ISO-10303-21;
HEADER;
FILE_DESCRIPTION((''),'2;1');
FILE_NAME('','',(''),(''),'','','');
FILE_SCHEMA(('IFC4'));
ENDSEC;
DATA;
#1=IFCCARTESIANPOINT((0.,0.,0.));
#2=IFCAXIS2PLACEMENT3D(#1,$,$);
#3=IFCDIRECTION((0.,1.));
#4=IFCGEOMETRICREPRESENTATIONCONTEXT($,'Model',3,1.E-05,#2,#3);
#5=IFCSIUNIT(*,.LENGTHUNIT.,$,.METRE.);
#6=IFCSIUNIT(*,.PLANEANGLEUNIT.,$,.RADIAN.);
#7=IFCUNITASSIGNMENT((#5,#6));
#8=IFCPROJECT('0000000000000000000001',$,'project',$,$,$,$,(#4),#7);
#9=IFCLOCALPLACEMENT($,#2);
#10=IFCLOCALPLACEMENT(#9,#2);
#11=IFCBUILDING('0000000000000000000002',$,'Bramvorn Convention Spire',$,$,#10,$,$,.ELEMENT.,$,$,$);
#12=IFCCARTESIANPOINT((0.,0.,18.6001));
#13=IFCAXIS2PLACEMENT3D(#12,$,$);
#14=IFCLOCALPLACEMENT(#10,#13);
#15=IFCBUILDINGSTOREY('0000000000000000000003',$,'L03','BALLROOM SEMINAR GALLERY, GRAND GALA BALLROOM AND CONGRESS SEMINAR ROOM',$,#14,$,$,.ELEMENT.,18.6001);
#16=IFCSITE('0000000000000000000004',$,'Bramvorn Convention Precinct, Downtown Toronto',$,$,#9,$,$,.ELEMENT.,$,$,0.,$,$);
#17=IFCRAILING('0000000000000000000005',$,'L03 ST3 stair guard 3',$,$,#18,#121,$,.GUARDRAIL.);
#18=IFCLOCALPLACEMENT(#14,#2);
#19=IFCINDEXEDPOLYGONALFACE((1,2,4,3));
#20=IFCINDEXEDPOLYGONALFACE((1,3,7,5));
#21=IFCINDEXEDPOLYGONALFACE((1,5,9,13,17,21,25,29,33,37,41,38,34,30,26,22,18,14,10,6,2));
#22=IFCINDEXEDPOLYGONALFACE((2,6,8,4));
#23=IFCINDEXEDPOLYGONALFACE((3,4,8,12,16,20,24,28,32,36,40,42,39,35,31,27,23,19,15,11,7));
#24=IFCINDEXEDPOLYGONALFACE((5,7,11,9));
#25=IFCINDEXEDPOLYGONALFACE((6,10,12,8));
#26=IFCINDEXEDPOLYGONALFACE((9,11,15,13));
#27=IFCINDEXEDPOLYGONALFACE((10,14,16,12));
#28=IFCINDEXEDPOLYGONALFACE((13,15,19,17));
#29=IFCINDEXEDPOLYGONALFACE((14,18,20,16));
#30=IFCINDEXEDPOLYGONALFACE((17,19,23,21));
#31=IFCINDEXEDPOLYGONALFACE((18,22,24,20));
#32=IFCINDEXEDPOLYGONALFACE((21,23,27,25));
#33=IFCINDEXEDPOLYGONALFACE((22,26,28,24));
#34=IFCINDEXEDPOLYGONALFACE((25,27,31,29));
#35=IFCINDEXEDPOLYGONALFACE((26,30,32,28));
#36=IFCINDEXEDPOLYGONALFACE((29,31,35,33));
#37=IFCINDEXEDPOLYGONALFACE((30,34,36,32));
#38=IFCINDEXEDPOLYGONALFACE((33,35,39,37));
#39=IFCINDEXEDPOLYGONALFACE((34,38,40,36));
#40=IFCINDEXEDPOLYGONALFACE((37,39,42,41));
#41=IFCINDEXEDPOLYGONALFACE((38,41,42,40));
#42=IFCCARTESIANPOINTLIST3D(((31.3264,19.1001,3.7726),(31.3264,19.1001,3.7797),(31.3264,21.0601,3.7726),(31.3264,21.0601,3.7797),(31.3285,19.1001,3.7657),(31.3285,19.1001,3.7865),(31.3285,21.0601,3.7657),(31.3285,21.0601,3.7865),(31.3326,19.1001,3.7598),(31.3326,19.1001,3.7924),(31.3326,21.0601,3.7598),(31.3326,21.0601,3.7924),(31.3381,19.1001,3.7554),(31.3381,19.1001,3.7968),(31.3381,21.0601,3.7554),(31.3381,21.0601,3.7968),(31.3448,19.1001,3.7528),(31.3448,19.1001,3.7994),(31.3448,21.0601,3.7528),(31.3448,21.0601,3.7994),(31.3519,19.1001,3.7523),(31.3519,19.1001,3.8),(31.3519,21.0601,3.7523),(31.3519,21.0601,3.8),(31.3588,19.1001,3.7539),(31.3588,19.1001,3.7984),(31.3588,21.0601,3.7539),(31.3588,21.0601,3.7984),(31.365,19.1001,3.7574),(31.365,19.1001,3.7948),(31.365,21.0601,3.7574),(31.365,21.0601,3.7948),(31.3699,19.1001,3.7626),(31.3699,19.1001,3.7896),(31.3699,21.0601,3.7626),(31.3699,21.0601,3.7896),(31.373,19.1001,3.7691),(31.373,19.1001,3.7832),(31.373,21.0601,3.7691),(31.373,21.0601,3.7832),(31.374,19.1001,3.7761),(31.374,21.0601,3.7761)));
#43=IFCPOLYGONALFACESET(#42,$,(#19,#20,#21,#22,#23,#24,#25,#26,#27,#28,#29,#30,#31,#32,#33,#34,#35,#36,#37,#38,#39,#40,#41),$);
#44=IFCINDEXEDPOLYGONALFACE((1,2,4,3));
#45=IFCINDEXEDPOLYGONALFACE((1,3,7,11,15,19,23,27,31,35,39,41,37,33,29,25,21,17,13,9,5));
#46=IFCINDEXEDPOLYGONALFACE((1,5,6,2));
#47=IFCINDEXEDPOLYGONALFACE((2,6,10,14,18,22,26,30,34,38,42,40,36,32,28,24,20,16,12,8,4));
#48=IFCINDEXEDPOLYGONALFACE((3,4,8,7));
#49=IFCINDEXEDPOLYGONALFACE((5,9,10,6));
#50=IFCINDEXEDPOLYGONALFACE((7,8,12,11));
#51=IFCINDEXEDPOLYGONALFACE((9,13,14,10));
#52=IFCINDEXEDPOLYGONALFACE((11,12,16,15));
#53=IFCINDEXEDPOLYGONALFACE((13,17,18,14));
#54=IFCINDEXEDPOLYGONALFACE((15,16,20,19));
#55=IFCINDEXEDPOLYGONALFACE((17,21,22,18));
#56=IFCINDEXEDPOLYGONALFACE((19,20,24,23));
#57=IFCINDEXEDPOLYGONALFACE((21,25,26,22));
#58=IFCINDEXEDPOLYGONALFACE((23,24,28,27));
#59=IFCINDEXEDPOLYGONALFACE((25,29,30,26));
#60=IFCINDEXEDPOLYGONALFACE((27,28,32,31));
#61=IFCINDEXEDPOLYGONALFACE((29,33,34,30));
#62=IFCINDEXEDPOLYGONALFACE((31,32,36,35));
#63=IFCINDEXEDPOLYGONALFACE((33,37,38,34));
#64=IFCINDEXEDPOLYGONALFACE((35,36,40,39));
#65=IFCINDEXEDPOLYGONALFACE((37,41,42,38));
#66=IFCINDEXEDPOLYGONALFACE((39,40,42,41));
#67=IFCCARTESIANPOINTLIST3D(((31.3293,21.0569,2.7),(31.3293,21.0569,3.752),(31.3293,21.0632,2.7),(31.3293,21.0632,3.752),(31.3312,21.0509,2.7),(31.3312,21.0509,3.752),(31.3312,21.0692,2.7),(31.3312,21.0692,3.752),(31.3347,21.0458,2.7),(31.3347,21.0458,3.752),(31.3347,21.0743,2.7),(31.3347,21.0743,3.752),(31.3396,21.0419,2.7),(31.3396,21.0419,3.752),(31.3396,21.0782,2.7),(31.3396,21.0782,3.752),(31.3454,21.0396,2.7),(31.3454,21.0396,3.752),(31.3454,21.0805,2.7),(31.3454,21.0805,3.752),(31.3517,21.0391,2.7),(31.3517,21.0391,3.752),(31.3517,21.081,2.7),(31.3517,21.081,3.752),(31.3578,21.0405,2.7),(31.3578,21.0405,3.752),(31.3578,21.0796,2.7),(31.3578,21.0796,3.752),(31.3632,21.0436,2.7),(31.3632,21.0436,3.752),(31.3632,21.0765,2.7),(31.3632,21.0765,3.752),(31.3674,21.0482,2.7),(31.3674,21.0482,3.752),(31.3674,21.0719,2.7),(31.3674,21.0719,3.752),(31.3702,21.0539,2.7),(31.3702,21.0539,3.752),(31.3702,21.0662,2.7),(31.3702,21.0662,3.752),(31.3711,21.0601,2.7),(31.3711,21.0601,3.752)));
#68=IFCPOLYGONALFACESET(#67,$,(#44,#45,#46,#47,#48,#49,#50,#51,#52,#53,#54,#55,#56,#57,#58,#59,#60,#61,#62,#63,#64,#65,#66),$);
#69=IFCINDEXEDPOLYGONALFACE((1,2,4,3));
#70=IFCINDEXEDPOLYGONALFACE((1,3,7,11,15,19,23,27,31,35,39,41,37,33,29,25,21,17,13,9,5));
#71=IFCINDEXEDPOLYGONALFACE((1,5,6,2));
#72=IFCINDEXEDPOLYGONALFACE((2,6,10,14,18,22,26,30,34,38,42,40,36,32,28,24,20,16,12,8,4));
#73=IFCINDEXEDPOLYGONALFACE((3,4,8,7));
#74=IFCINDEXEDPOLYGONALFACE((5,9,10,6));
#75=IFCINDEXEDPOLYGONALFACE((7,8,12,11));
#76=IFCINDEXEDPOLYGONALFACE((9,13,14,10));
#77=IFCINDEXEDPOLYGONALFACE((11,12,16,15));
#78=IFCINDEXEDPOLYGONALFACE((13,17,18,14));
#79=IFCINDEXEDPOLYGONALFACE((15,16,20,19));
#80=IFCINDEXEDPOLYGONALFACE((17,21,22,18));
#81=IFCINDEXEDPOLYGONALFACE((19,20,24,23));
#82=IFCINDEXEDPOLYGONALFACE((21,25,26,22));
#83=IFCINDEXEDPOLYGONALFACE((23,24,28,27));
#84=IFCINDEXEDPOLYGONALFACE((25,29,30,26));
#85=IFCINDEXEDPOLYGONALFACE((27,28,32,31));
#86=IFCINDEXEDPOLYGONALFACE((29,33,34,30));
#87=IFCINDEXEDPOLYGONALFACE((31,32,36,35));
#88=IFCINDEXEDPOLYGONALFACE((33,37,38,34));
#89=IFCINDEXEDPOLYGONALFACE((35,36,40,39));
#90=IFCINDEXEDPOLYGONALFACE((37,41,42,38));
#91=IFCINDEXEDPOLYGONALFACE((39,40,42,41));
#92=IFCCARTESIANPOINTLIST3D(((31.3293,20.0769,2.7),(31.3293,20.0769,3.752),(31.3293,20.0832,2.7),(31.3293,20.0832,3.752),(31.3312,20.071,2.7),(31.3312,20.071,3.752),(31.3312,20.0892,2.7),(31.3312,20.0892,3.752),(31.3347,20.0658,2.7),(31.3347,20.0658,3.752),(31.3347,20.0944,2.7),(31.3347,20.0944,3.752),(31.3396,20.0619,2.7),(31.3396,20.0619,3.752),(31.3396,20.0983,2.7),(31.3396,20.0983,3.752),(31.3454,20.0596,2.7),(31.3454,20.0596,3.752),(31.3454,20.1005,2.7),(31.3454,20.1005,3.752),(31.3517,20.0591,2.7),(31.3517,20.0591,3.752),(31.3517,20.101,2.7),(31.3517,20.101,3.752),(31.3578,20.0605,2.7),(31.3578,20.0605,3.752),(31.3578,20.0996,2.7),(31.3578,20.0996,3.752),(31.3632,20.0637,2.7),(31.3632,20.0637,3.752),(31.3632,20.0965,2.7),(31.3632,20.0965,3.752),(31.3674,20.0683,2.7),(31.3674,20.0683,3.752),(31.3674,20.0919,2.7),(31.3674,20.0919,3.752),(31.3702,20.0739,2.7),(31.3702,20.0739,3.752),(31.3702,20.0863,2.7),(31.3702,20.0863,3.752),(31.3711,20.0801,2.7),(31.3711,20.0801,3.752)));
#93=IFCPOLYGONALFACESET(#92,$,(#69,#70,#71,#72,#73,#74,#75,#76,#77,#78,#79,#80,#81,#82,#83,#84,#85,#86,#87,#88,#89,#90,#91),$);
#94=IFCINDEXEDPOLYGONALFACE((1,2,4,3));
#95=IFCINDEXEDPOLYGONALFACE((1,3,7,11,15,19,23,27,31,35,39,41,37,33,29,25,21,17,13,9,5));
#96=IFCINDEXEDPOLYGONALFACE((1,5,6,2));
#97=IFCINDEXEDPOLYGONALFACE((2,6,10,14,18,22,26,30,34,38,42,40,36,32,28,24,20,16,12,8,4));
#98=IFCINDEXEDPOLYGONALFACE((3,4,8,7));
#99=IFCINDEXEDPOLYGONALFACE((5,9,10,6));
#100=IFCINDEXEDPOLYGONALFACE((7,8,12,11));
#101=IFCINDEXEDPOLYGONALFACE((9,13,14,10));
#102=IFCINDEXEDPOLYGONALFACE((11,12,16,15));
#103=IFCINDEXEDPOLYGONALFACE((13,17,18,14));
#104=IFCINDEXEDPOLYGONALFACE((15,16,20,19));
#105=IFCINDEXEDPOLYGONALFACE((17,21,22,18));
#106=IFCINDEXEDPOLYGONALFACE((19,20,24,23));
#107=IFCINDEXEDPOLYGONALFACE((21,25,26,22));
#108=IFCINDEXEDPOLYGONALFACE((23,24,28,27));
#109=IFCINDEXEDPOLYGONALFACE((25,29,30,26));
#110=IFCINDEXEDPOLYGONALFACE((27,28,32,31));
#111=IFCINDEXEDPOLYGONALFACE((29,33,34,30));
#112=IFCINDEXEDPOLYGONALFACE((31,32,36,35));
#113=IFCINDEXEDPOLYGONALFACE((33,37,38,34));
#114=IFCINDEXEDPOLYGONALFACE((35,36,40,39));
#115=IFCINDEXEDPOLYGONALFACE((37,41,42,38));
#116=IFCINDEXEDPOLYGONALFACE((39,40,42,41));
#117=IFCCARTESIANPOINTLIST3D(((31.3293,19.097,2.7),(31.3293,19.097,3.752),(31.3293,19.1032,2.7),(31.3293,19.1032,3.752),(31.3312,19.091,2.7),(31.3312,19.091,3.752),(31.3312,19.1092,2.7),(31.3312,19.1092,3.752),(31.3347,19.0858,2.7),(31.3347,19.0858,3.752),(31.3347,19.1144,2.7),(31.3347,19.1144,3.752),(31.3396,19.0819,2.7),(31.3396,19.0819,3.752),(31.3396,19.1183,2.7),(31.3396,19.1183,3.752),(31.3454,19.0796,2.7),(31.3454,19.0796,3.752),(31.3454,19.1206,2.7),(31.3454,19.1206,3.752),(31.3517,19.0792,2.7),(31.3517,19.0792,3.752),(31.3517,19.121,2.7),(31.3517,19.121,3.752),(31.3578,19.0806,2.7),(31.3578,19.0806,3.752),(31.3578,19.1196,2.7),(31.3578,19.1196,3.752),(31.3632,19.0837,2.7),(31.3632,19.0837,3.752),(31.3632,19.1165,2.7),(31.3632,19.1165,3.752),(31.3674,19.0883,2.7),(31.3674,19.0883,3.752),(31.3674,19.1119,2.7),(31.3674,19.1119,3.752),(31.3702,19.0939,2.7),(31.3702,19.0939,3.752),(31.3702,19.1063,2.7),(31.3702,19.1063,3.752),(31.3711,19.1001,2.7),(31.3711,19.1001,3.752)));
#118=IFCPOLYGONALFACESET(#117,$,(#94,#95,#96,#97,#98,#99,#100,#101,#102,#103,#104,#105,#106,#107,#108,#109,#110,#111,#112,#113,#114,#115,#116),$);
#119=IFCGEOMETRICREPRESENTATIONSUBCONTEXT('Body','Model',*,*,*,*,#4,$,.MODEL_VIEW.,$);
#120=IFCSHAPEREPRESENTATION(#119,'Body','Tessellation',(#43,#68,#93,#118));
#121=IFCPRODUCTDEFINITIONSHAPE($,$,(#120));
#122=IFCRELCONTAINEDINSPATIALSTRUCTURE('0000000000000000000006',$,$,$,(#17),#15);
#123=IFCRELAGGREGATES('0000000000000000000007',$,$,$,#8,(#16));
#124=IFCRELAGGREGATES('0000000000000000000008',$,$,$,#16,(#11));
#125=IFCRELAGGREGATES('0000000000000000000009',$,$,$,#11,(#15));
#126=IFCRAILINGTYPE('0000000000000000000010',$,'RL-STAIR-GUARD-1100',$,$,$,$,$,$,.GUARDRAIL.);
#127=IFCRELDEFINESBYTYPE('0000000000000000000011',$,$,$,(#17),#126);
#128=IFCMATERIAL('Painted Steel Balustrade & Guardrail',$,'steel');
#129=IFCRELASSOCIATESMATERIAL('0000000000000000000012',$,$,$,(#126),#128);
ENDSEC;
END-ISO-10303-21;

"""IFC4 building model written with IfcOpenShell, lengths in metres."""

from ifc_helpers import new_model, si_unit, direction, frame, origin, origin_2d, place, context, subcontext, project, spatial, circle, extrude, material, type_object, element, save


model = new_model("IFC4")

# Units and contexts
model_context = context("Model", 3, precision=1e-05, world=origin(), true_north=direction((0.0, 1.0)))
body_context = subcontext(model_context, "Body", "Model", "MODEL_VIEW")
ifc_project = project(units=[si_unit("LENGTHUNIT", "METRE"), si_unit("PLANEANGLEUNIT", "RADIAN")], contexts=[model_context])

# Site, building, storey
site_placement = place(None, origin())
site = spatial("IfcSite", under=ifc_project, at=site_placement, Name="Bramvorn Convention Precinct, Downtown Toronto", CompositionType="ELEMENT", RefElevation=0.0)
building_placement = place(site_placement, origin())
building = spatial("IfcBuilding", under=site, at=building_placement, Name="Bramvorn Convention Spire", CompositionType="ELEMENT")
storey_placement = place(building_placement, frame((0.0, 0.0, 18.6001)))
storey = spatial("IfcBuildingStorey", under=building, at=storey_placement, Name="L03", Description="BALLROOM SEMINAR GALLERY, GRAND GALA BALLROOM AND CONGRESS SEMINAR ROOM", CompositionType="ELEMENT", Elevation=18.6001)

# Railing
ifc_material_1 = material(Name="Painted Steel Balustrade & Guardrail", Category="steel")
railing_type_1 = type_object("IfcRailingType", Name="RL-STAIR-GUARD-1100", PredefinedType="GUARDRAIL", material=ifc_material_1)
railing_1_placement = place(storey_placement, frame((31.3501, 21.0601, 2.7)))
element("IfcRailing", 1, at=railing_1_placement, inside=storey, type_object=railing_type_1, Name="L03 ST3 stair guard 3", PredefinedType="GUARDRAIL", context=body_context, shape_type="SweptSolid", body=[
    extrude(circle(Radius=0.0239, at=origin_2d()), frame((0.0, 0.0, 1.0762), z_axis=(0.0, -1.0, 0.0), x_axis=(1.0, 0.0, 0.0)), (0.0, 0.0, 1.0), 1.96),
    extrude(circle(Radius=0.021, at=origin_2d()), origin(), (0.0, 0.0, 1.0), 1.052),
    extrude(circle(Radius=0.021, at=origin_2d()), frame((0.0, -0.98, 0.0)), (0.0, 0.0, 1.0), 1.052),
    extrude(circle(Radius=0.021, at=origin_2d()), frame((0.0, -1.96, 0.0)), (0.0, 0.0, 1.0), 1.052),
])

save(model, "model.ifc")
